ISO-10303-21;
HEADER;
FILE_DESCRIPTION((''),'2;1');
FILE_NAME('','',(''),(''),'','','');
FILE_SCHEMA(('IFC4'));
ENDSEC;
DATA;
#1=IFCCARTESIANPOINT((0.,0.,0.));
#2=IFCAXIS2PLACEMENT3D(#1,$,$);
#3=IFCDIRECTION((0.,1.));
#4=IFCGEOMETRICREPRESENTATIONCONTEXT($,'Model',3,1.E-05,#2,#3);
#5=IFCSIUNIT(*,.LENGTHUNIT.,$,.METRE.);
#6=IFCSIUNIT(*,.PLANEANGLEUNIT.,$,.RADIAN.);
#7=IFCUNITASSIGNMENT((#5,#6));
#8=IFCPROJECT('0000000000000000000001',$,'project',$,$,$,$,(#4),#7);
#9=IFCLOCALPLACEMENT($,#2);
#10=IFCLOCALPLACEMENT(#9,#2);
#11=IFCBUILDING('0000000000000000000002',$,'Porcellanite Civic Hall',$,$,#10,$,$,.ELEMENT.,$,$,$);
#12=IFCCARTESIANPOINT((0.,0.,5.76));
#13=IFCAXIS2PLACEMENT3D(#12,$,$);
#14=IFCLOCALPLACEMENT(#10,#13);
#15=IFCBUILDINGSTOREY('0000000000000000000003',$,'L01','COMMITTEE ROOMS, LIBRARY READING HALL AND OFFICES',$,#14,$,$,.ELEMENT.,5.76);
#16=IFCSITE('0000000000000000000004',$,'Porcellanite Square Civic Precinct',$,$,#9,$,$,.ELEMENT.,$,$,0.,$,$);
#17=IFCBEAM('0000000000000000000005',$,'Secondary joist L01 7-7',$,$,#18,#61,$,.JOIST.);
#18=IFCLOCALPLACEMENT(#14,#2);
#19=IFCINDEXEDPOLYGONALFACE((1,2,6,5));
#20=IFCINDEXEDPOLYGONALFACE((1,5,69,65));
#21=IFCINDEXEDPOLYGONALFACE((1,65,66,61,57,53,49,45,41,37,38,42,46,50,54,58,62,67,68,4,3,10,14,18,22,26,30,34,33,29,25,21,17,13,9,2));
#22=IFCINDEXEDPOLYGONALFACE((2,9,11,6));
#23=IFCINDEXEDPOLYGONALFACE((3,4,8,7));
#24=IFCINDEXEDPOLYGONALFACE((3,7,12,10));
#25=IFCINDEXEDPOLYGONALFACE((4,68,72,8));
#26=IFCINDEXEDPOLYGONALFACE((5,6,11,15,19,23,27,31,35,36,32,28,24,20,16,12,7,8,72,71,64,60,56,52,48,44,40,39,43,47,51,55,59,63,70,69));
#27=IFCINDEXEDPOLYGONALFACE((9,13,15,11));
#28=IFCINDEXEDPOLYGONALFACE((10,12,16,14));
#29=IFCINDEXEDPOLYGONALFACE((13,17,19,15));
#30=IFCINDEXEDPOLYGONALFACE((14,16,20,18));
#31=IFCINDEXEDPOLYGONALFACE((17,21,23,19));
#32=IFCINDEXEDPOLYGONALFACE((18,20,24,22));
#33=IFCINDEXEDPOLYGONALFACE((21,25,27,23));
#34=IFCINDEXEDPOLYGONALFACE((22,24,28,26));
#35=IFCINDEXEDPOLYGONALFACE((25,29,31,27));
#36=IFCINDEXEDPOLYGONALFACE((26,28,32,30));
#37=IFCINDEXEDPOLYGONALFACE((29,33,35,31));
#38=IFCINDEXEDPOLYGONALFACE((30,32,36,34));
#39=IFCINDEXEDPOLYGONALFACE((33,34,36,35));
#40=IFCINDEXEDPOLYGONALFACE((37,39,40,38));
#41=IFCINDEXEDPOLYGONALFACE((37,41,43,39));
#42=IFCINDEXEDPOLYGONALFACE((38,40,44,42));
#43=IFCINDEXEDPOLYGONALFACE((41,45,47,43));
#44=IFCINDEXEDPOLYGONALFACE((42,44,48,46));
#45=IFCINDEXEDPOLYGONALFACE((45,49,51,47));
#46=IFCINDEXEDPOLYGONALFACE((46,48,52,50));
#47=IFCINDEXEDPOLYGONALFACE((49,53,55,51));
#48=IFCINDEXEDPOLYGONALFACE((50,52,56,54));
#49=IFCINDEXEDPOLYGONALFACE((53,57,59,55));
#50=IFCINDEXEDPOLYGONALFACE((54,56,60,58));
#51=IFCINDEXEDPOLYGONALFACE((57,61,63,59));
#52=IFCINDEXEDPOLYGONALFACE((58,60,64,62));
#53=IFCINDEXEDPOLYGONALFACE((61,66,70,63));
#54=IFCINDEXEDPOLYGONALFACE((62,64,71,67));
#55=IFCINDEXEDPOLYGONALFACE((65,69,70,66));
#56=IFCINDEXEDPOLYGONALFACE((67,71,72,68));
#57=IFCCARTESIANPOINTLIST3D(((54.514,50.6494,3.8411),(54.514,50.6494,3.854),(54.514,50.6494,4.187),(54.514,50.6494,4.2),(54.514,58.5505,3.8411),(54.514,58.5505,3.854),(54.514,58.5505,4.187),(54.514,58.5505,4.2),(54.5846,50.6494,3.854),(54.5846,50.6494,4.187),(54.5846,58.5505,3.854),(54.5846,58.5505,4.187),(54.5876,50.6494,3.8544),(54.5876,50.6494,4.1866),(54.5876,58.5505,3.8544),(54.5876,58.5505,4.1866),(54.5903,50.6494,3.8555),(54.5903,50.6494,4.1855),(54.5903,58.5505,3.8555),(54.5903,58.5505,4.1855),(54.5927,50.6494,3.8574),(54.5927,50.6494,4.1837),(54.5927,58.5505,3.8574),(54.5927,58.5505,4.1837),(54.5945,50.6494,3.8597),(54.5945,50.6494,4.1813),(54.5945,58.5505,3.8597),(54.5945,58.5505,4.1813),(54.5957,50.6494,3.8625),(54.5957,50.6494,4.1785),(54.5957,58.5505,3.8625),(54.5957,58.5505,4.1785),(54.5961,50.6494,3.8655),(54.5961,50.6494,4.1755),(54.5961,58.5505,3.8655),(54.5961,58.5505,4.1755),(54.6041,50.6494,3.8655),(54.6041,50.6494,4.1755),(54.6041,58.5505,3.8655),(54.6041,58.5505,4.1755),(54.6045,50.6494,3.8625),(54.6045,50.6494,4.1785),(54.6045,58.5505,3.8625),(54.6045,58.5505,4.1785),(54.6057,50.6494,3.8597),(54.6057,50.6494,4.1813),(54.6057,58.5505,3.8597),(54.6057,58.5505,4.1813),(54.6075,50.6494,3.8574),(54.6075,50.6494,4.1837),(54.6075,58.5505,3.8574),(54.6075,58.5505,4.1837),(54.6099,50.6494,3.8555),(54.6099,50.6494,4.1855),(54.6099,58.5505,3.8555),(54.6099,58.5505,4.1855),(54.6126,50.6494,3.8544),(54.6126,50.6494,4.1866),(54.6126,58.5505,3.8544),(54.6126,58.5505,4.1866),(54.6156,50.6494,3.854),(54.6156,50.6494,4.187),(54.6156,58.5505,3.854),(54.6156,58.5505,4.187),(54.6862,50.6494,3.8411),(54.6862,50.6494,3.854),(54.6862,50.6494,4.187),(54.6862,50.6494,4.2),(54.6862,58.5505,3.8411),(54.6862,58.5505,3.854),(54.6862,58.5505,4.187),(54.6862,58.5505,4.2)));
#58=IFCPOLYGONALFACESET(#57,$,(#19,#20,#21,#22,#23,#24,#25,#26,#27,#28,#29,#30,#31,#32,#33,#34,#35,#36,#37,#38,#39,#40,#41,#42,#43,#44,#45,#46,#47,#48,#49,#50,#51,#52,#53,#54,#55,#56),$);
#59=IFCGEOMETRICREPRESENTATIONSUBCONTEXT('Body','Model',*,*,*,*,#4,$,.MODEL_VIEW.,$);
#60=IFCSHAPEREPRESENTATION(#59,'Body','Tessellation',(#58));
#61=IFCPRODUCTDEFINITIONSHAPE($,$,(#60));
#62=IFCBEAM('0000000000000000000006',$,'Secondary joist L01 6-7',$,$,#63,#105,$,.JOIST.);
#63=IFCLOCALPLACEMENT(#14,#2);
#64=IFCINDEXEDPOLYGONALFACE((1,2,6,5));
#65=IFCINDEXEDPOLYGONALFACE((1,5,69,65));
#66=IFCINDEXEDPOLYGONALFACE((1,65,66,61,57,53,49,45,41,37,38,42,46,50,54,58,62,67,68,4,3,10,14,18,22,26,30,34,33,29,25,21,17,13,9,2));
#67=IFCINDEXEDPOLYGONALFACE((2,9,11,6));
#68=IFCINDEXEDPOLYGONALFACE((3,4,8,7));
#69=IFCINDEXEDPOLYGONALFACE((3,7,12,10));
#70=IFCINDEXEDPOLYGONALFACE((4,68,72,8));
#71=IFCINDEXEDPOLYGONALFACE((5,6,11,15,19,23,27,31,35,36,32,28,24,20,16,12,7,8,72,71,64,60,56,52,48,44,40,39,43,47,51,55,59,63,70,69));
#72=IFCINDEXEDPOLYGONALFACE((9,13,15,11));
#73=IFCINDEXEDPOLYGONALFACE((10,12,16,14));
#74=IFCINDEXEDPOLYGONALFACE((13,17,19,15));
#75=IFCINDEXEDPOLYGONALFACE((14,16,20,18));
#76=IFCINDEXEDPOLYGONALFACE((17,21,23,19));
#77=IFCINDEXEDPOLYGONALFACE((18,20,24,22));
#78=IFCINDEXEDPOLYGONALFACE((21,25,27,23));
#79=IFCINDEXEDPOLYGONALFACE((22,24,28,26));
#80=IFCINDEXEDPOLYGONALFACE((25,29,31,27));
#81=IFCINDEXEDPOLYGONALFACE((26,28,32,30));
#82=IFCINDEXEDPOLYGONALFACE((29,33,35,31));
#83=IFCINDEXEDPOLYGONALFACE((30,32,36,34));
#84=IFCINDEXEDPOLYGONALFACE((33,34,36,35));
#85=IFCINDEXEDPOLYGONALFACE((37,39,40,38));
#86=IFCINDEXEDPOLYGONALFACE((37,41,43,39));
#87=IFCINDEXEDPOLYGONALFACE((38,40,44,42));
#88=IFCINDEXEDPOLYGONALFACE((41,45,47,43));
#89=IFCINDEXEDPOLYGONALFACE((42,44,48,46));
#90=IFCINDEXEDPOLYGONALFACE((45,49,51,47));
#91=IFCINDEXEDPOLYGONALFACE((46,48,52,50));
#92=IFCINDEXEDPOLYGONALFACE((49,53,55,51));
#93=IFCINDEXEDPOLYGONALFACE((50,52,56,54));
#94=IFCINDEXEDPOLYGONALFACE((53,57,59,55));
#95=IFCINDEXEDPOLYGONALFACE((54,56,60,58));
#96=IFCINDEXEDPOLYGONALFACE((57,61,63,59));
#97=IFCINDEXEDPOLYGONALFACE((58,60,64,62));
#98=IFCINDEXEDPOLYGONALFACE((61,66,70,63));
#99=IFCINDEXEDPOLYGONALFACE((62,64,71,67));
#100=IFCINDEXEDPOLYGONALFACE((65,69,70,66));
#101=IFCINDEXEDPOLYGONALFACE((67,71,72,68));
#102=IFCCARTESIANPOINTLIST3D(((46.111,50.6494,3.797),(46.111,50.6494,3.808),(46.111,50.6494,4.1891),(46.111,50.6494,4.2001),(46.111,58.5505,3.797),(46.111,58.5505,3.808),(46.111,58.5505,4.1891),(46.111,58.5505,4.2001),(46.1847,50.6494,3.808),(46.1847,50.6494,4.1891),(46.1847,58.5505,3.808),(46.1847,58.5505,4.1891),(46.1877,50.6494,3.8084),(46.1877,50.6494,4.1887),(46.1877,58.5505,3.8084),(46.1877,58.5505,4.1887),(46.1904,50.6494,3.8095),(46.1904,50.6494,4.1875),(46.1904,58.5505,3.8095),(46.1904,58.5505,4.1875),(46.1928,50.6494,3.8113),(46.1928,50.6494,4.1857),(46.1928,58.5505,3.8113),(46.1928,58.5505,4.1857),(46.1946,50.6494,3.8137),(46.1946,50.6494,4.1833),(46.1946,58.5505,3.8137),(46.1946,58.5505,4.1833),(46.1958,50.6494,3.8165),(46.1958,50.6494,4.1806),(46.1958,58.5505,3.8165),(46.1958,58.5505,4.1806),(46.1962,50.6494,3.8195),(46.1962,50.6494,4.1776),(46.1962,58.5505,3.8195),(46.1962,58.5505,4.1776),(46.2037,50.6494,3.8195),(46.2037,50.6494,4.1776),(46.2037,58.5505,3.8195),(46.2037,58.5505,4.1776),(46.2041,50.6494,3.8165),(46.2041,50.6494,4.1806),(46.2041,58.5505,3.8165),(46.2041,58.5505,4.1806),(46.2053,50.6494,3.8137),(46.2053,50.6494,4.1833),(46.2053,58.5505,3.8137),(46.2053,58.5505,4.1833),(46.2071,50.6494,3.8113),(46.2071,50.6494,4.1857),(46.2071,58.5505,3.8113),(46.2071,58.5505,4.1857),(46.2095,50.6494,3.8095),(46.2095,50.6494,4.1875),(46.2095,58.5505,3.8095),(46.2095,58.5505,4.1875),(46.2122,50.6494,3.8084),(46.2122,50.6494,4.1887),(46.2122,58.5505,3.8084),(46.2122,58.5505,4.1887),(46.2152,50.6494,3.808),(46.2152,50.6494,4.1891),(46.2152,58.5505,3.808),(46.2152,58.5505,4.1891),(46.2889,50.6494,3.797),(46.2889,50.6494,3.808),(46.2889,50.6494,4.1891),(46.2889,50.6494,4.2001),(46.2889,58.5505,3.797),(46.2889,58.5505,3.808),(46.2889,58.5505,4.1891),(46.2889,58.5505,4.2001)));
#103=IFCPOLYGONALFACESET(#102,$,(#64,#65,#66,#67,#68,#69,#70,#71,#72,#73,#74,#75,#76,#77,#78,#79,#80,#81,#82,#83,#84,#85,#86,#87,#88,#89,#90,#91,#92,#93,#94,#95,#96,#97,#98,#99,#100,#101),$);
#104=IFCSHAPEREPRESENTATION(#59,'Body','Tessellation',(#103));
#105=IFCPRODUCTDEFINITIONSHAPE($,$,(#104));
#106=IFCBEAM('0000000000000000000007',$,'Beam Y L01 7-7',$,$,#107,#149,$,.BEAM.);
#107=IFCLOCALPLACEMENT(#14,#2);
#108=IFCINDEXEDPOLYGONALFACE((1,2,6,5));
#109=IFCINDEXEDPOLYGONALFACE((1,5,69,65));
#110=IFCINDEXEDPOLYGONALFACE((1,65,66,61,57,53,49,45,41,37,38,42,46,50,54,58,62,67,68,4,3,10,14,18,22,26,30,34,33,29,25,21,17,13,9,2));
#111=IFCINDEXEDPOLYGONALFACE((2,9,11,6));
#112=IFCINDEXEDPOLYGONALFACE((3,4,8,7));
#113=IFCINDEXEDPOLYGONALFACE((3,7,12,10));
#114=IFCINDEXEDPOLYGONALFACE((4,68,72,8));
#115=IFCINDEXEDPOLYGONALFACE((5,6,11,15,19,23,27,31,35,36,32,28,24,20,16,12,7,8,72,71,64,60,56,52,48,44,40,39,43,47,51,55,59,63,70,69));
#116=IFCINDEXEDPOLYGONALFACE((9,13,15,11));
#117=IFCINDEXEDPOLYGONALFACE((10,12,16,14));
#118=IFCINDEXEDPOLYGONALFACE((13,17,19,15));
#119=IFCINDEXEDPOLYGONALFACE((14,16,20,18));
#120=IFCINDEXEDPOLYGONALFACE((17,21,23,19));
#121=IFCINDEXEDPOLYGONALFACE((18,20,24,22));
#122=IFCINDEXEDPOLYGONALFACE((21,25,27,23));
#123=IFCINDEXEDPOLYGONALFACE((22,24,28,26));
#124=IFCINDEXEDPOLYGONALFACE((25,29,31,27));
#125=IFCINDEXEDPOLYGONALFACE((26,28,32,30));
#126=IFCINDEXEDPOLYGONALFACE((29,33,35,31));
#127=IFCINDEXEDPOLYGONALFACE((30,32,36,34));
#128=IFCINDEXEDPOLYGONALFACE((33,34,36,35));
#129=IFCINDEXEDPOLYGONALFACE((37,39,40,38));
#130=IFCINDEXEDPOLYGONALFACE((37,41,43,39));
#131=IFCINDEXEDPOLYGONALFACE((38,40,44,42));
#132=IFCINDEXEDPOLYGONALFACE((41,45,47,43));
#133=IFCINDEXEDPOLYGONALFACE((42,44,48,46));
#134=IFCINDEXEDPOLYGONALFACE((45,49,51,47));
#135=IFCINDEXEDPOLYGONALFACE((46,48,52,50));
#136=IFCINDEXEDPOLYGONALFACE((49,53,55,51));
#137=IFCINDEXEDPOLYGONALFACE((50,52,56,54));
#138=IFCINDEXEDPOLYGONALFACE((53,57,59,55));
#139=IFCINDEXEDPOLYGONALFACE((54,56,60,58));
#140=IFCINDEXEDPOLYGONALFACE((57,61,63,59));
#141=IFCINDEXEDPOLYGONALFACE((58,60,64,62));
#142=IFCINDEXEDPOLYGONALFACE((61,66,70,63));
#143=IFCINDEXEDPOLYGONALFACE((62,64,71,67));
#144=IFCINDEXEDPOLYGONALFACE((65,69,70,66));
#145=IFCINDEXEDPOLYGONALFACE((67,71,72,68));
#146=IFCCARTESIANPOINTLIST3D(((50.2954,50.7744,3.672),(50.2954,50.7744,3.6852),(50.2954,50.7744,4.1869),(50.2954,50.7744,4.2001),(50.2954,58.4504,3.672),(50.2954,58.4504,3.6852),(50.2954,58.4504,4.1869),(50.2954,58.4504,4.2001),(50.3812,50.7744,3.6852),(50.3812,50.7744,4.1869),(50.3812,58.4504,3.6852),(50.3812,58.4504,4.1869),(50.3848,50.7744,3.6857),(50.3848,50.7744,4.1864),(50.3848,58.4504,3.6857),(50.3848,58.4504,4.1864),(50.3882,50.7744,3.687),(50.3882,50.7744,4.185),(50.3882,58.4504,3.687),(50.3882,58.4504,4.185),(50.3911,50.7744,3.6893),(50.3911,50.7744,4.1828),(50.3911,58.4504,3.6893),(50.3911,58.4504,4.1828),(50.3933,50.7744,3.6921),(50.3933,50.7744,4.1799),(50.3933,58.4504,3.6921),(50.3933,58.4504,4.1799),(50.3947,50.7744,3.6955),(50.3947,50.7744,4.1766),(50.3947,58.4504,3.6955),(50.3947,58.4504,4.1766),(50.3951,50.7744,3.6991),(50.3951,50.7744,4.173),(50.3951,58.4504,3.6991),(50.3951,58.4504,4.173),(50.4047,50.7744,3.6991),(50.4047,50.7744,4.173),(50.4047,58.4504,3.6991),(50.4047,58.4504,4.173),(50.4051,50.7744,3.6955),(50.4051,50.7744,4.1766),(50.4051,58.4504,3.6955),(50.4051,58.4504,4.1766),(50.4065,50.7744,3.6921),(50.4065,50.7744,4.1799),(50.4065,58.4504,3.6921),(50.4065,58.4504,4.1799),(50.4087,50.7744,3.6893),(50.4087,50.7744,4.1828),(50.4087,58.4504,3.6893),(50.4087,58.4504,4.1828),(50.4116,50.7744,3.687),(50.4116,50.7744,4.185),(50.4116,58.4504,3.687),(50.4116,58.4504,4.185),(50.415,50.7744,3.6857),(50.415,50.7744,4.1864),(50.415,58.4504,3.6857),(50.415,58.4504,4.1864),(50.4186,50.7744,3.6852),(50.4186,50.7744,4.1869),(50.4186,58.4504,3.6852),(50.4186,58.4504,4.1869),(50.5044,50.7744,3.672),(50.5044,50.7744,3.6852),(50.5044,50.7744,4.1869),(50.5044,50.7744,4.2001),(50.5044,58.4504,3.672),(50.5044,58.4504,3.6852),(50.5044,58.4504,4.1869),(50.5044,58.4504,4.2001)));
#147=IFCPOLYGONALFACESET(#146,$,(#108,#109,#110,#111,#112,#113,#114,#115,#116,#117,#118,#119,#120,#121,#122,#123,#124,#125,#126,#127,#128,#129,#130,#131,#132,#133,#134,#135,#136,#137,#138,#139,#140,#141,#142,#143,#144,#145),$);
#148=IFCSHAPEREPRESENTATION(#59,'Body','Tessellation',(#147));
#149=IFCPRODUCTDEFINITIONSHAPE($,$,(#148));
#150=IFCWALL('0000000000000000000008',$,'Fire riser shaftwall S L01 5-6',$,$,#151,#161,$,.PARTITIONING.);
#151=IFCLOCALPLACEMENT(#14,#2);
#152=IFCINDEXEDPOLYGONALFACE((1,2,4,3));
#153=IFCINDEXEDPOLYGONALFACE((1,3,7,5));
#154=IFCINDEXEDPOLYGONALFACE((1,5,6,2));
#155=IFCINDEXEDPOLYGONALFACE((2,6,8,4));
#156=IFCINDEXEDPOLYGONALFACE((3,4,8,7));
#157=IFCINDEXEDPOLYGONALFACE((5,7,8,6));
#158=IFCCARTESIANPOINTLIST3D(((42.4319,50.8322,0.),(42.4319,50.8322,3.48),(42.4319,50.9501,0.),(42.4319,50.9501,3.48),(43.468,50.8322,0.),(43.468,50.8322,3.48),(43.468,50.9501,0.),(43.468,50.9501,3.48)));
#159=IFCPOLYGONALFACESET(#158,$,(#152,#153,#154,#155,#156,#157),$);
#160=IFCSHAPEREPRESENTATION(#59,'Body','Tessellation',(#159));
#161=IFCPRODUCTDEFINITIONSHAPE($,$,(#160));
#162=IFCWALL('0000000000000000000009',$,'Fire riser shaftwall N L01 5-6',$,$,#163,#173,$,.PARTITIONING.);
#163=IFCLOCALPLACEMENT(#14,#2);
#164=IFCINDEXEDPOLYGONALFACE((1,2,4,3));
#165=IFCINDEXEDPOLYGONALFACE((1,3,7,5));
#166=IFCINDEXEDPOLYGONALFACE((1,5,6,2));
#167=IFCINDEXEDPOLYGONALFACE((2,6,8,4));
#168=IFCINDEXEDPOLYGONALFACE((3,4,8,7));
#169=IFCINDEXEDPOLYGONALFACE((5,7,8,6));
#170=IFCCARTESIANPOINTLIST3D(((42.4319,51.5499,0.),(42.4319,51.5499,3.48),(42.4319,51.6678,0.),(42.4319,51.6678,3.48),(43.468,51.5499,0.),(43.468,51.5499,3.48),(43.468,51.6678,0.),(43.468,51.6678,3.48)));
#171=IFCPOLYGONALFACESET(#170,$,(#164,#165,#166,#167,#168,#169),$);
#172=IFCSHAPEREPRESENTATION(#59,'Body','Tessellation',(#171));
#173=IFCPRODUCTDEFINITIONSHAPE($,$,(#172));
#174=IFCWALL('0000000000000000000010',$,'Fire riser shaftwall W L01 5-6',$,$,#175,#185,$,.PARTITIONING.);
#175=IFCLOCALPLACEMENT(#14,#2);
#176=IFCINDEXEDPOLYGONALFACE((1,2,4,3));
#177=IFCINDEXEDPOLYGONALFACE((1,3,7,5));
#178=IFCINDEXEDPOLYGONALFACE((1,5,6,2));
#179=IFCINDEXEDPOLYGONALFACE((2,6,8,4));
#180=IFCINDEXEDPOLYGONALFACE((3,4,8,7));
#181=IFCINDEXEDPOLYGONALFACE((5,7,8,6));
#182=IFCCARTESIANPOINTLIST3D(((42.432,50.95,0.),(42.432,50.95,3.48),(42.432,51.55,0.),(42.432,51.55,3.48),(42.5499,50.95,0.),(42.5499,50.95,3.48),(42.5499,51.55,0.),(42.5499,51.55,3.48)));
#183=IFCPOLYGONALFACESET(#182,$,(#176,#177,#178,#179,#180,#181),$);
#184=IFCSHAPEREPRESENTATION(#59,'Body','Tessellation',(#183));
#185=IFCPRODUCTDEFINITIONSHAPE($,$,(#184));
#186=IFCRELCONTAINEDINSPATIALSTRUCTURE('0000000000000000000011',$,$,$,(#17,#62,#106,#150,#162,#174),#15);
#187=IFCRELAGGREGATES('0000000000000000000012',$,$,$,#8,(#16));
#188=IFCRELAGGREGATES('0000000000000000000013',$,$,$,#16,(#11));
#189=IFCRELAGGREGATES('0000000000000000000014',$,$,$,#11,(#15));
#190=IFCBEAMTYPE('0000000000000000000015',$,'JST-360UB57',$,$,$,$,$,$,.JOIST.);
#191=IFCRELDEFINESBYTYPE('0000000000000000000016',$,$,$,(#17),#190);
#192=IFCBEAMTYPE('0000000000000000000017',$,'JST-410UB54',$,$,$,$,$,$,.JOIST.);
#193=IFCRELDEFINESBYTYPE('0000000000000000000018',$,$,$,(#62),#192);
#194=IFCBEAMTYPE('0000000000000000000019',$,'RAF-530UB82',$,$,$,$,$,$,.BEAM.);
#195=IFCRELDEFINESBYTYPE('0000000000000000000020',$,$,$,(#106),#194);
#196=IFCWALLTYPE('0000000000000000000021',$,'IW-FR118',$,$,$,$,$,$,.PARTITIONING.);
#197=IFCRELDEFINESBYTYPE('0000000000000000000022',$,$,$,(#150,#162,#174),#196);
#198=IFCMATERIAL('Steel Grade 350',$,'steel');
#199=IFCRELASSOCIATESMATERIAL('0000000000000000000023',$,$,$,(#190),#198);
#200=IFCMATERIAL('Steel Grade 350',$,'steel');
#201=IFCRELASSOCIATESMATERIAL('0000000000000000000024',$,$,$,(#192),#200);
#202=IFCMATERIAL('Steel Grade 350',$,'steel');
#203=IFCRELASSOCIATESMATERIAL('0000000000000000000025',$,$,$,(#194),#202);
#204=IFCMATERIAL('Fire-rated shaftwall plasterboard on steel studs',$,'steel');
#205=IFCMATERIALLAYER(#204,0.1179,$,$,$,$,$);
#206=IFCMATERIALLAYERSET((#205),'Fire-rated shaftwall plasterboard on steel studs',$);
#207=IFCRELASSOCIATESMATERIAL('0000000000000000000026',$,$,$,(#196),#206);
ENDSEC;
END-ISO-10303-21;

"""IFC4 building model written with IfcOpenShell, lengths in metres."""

from ifc_helpers import new_model, si_unit, direction, frame, frame_2d, origin, origin_2d, place, context, subcontext, project, spatial, rectangle, i_section, extrude, material, layer, layer_set, material_profile, profile_set, type_object, element, save


model = new_model("IFC4")

# Units and contexts
model_context = context("Model", 3, precision=1e-05, world=origin(), true_north=direction((0.0, 1.0)))
body_context = subcontext(model_context, "Body", "Model", "MODEL_VIEW")
ifc_project = project(units=[si_unit("LENGTHUNIT", "METRE"), si_unit("PLANEANGLEUNIT", "RADIAN")], contexts=[model_context])

# Site, building, storey
site_placement = place(None, origin())
site = spatial("IfcSite", under=ifc_project, at=site_placement, Name="Porcellanite Square Civic Precinct", CompositionType="ELEMENT", RefElevation=0.0)
building_placement = place(site_placement, origin())
building = spatial("IfcBuilding", under=site, at=building_placement, Name="Porcellanite Civic Hall", CompositionType="ELEMENT")
storey_placement = place(building_placement, frame((0.0, 0.0, 5.76)))
storey = spatial("IfcBuildingStorey", under=building, at=storey_placement, Name="L01", Description="COMMITTEE ROOMS, LIBRARY READING HALL AND OFFICES", CompositionType="ELEMENT", Elevation=5.76)

# Beams
ifc_material_1 = material(Name="Steel Grade 350", Category="steel")
ifc_material_profile_1 = material_profile(ifc_material_1, i_section(OverallWidth=0.1721, OverallDepth=0.3589, WebThickness=0.0081, FlangeThickness=0.0129, FilletRadius=0.0115, at=origin_2d()), Name="360UB56.7")
ifc_profile_set_1 = profile_set([ifc_material_profile_1], Name="Steel Grade 350")
beam_type_1 = type_object("IfcBeamType", Name="JST-360UB57", PredefinedType="JOIST", material=ifc_profile_set_1)
beam_1_placement = place(storey_placement, frame((54.6001, 50.6494, 4.0205), z_axis=(0.0, 1.0, 0.0), x_axis=(-1.0, 0.0, 0.0)))
element("IfcBeam", 1, at=beam_1_placement, inside=storey, type_object=beam_type_1, Name="Secondary joist L01 7-7", PredefinedType="JOIST", context=body_context, shape_type="SweptSolid", body=[
    extrude(i_section(OverallWidth=0.1721, OverallDepth=0.3589, WebThickness=0.0081, FlangeThickness=0.0129, FilletRadius=0.0115, at=origin_2d()), origin(), (0.0, 0.0, 1.0), 7.9011),
])
ifc_material_2 = material(Name="Steel Grade 350", Category="steel")
ifc_material_profile_2 = material_profile(ifc_material_2, i_section(OverallWidth=0.178, OverallDepth=0.4031, WebThickness=0.0076, FlangeThickness=0.011, FilletRadius=0.0115, at=origin_2d()), Name="410UB53.7")
ifc_profile_set_2 = profile_set([ifc_material_profile_2], Name="Steel Grade 350")
beam_type_2 = type_object("IfcBeamType", Name="JST-410UB54", PredefinedType="JOIST", material=ifc_profile_set_2)
beam_2_placement = place(storey_placement, frame((46.2, 50.6494, 3.9985), z_axis=(0.0, 1.0, 0.0), x_axis=(-1.0, 0.0, 0.0)))
element("IfcBeam", 2, at=beam_2_placement, inside=storey, type_object=beam_type_2, Name="Secondary joist L01 6-7", PredefinedType="JOIST", context=body_context, shape_type="SweptSolid", body=[
    extrude(i_section(OverallWidth=0.178, OverallDepth=0.4031, WebThickness=0.0076, FlangeThickness=0.011, FilletRadius=0.0115, at=origin_2d()), origin(), (0.0, 0.0, 1.0), 7.9011),
])
ifc_material_3 = material(Name="Steel Grade 350", Category="steel")
ifc_material_profile_3 = material_profile(ifc_material_3, i_section(OverallWidth=0.209, OverallDepth=0.5281, WebThickness=0.0095, FlangeThickness=0.0132, FilletRadius=0.0139, at=origin_2d()), Name="530UB82.0")
ifc_profile_set_3 = profile_set([ifc_material_profile_3], Name="Steel Grade 350")
beam_type_3 = type_object("IfcBeamType", Name="RAF-530UB82", PredefinedType="BEAM", material=ifc_profile_set_3)
beam_3_placement = place(storey_placement, frame((50.3999, 50.7744, 3.936), z_axis=(0.0, 1.0, 0.0), x_axis=(-1.0, 0.0, 0.0)))
element("IfcBeam", 3, at=beam_3_placement, inside=storey, type_object=beam_type_3, Name="Beam Y L01 7-7", PredefinedType="BEAM", context=body_context, shape_type="SweptSolid", body=[
    extrude(i_section(OverallWidth=0.209, OverallDepth=0.5281, WebThickness=0.0095, FlangeThickness=0.0132, FilletRadius=0.0139, at=origin_2d()), origin(), (0.0, 0.0, 1.0), 7.676),
])

# Walls
ifc_material_4 = material(Name="Fire-rated shaftwall plasterboard on steel studs", Category="steel")
ifc_layer_1 = layer(ifc_material_4, 0.1179)
ifc_layer_set_1 = layer_set([ifc_layer_1], Name="Fire-rated shaftwall plasterboard on steel studs")
wall_type_1 = type_object("IfcWallType", Name="IW-FR118", PredefinedType="PARTITIONING", material=ifc_layer_set_1)
for number, where, z_axis, x_axis, name in (
    (4, (42.4319, 50.8911, 0.0), (0.0, 0.0, 1.0), (1.0, 0.0, 0.0), "Fire riser shaftwall S L01 5-6"),
    (5, (42.4319, 51.6089, 0.0), (0.0, 0.0, 1.0), (1.0, 0.0, 0.0), "Fire riser shaftwall N L01 5-6"),
):
    element("IfcWall", number, at=place(storey_placement, frame(where, z_axis=z_axis, x_axis=x_axis)), inside=storey, type_object=wall_type_1, Name=name, PredefinedType="PARTITIONING", context=body_context, shape_type="SweptSolid", body=[
        extrude(rectangle(XDim=1.0361, YDim=0.1179, at=frame_2d((0.5181, 0.0))), origin(), (0.0, 0.0, 1.0), 3.48),
    ])
for number, where, z_axis, x_axis, name in (
    (6, (42.491, 50.95, 0.0), (0.0, 0.0, 1.0), (0.0, 1.0, 0.0), "Fire riser shaftwall W L01 5-6"),
):
    element("IfcWall", number, at=place(storey_placement, frame(where, z_axis=z_axis, x_axis=x_axis)), inside=storey, type_object=wall_type_1, Name=name, PredefinedType="PARTITIONING", context=body_context, shape_type="SweptSolid", body=[
        extrude(rectangle(XDim=0.6001, YDim=0.1179, at=frame_2d((0.3, 0.0))), origin(), (0.0, 0.0, 1.0), 3.48),
    ])

save(model, "model.ifc")
